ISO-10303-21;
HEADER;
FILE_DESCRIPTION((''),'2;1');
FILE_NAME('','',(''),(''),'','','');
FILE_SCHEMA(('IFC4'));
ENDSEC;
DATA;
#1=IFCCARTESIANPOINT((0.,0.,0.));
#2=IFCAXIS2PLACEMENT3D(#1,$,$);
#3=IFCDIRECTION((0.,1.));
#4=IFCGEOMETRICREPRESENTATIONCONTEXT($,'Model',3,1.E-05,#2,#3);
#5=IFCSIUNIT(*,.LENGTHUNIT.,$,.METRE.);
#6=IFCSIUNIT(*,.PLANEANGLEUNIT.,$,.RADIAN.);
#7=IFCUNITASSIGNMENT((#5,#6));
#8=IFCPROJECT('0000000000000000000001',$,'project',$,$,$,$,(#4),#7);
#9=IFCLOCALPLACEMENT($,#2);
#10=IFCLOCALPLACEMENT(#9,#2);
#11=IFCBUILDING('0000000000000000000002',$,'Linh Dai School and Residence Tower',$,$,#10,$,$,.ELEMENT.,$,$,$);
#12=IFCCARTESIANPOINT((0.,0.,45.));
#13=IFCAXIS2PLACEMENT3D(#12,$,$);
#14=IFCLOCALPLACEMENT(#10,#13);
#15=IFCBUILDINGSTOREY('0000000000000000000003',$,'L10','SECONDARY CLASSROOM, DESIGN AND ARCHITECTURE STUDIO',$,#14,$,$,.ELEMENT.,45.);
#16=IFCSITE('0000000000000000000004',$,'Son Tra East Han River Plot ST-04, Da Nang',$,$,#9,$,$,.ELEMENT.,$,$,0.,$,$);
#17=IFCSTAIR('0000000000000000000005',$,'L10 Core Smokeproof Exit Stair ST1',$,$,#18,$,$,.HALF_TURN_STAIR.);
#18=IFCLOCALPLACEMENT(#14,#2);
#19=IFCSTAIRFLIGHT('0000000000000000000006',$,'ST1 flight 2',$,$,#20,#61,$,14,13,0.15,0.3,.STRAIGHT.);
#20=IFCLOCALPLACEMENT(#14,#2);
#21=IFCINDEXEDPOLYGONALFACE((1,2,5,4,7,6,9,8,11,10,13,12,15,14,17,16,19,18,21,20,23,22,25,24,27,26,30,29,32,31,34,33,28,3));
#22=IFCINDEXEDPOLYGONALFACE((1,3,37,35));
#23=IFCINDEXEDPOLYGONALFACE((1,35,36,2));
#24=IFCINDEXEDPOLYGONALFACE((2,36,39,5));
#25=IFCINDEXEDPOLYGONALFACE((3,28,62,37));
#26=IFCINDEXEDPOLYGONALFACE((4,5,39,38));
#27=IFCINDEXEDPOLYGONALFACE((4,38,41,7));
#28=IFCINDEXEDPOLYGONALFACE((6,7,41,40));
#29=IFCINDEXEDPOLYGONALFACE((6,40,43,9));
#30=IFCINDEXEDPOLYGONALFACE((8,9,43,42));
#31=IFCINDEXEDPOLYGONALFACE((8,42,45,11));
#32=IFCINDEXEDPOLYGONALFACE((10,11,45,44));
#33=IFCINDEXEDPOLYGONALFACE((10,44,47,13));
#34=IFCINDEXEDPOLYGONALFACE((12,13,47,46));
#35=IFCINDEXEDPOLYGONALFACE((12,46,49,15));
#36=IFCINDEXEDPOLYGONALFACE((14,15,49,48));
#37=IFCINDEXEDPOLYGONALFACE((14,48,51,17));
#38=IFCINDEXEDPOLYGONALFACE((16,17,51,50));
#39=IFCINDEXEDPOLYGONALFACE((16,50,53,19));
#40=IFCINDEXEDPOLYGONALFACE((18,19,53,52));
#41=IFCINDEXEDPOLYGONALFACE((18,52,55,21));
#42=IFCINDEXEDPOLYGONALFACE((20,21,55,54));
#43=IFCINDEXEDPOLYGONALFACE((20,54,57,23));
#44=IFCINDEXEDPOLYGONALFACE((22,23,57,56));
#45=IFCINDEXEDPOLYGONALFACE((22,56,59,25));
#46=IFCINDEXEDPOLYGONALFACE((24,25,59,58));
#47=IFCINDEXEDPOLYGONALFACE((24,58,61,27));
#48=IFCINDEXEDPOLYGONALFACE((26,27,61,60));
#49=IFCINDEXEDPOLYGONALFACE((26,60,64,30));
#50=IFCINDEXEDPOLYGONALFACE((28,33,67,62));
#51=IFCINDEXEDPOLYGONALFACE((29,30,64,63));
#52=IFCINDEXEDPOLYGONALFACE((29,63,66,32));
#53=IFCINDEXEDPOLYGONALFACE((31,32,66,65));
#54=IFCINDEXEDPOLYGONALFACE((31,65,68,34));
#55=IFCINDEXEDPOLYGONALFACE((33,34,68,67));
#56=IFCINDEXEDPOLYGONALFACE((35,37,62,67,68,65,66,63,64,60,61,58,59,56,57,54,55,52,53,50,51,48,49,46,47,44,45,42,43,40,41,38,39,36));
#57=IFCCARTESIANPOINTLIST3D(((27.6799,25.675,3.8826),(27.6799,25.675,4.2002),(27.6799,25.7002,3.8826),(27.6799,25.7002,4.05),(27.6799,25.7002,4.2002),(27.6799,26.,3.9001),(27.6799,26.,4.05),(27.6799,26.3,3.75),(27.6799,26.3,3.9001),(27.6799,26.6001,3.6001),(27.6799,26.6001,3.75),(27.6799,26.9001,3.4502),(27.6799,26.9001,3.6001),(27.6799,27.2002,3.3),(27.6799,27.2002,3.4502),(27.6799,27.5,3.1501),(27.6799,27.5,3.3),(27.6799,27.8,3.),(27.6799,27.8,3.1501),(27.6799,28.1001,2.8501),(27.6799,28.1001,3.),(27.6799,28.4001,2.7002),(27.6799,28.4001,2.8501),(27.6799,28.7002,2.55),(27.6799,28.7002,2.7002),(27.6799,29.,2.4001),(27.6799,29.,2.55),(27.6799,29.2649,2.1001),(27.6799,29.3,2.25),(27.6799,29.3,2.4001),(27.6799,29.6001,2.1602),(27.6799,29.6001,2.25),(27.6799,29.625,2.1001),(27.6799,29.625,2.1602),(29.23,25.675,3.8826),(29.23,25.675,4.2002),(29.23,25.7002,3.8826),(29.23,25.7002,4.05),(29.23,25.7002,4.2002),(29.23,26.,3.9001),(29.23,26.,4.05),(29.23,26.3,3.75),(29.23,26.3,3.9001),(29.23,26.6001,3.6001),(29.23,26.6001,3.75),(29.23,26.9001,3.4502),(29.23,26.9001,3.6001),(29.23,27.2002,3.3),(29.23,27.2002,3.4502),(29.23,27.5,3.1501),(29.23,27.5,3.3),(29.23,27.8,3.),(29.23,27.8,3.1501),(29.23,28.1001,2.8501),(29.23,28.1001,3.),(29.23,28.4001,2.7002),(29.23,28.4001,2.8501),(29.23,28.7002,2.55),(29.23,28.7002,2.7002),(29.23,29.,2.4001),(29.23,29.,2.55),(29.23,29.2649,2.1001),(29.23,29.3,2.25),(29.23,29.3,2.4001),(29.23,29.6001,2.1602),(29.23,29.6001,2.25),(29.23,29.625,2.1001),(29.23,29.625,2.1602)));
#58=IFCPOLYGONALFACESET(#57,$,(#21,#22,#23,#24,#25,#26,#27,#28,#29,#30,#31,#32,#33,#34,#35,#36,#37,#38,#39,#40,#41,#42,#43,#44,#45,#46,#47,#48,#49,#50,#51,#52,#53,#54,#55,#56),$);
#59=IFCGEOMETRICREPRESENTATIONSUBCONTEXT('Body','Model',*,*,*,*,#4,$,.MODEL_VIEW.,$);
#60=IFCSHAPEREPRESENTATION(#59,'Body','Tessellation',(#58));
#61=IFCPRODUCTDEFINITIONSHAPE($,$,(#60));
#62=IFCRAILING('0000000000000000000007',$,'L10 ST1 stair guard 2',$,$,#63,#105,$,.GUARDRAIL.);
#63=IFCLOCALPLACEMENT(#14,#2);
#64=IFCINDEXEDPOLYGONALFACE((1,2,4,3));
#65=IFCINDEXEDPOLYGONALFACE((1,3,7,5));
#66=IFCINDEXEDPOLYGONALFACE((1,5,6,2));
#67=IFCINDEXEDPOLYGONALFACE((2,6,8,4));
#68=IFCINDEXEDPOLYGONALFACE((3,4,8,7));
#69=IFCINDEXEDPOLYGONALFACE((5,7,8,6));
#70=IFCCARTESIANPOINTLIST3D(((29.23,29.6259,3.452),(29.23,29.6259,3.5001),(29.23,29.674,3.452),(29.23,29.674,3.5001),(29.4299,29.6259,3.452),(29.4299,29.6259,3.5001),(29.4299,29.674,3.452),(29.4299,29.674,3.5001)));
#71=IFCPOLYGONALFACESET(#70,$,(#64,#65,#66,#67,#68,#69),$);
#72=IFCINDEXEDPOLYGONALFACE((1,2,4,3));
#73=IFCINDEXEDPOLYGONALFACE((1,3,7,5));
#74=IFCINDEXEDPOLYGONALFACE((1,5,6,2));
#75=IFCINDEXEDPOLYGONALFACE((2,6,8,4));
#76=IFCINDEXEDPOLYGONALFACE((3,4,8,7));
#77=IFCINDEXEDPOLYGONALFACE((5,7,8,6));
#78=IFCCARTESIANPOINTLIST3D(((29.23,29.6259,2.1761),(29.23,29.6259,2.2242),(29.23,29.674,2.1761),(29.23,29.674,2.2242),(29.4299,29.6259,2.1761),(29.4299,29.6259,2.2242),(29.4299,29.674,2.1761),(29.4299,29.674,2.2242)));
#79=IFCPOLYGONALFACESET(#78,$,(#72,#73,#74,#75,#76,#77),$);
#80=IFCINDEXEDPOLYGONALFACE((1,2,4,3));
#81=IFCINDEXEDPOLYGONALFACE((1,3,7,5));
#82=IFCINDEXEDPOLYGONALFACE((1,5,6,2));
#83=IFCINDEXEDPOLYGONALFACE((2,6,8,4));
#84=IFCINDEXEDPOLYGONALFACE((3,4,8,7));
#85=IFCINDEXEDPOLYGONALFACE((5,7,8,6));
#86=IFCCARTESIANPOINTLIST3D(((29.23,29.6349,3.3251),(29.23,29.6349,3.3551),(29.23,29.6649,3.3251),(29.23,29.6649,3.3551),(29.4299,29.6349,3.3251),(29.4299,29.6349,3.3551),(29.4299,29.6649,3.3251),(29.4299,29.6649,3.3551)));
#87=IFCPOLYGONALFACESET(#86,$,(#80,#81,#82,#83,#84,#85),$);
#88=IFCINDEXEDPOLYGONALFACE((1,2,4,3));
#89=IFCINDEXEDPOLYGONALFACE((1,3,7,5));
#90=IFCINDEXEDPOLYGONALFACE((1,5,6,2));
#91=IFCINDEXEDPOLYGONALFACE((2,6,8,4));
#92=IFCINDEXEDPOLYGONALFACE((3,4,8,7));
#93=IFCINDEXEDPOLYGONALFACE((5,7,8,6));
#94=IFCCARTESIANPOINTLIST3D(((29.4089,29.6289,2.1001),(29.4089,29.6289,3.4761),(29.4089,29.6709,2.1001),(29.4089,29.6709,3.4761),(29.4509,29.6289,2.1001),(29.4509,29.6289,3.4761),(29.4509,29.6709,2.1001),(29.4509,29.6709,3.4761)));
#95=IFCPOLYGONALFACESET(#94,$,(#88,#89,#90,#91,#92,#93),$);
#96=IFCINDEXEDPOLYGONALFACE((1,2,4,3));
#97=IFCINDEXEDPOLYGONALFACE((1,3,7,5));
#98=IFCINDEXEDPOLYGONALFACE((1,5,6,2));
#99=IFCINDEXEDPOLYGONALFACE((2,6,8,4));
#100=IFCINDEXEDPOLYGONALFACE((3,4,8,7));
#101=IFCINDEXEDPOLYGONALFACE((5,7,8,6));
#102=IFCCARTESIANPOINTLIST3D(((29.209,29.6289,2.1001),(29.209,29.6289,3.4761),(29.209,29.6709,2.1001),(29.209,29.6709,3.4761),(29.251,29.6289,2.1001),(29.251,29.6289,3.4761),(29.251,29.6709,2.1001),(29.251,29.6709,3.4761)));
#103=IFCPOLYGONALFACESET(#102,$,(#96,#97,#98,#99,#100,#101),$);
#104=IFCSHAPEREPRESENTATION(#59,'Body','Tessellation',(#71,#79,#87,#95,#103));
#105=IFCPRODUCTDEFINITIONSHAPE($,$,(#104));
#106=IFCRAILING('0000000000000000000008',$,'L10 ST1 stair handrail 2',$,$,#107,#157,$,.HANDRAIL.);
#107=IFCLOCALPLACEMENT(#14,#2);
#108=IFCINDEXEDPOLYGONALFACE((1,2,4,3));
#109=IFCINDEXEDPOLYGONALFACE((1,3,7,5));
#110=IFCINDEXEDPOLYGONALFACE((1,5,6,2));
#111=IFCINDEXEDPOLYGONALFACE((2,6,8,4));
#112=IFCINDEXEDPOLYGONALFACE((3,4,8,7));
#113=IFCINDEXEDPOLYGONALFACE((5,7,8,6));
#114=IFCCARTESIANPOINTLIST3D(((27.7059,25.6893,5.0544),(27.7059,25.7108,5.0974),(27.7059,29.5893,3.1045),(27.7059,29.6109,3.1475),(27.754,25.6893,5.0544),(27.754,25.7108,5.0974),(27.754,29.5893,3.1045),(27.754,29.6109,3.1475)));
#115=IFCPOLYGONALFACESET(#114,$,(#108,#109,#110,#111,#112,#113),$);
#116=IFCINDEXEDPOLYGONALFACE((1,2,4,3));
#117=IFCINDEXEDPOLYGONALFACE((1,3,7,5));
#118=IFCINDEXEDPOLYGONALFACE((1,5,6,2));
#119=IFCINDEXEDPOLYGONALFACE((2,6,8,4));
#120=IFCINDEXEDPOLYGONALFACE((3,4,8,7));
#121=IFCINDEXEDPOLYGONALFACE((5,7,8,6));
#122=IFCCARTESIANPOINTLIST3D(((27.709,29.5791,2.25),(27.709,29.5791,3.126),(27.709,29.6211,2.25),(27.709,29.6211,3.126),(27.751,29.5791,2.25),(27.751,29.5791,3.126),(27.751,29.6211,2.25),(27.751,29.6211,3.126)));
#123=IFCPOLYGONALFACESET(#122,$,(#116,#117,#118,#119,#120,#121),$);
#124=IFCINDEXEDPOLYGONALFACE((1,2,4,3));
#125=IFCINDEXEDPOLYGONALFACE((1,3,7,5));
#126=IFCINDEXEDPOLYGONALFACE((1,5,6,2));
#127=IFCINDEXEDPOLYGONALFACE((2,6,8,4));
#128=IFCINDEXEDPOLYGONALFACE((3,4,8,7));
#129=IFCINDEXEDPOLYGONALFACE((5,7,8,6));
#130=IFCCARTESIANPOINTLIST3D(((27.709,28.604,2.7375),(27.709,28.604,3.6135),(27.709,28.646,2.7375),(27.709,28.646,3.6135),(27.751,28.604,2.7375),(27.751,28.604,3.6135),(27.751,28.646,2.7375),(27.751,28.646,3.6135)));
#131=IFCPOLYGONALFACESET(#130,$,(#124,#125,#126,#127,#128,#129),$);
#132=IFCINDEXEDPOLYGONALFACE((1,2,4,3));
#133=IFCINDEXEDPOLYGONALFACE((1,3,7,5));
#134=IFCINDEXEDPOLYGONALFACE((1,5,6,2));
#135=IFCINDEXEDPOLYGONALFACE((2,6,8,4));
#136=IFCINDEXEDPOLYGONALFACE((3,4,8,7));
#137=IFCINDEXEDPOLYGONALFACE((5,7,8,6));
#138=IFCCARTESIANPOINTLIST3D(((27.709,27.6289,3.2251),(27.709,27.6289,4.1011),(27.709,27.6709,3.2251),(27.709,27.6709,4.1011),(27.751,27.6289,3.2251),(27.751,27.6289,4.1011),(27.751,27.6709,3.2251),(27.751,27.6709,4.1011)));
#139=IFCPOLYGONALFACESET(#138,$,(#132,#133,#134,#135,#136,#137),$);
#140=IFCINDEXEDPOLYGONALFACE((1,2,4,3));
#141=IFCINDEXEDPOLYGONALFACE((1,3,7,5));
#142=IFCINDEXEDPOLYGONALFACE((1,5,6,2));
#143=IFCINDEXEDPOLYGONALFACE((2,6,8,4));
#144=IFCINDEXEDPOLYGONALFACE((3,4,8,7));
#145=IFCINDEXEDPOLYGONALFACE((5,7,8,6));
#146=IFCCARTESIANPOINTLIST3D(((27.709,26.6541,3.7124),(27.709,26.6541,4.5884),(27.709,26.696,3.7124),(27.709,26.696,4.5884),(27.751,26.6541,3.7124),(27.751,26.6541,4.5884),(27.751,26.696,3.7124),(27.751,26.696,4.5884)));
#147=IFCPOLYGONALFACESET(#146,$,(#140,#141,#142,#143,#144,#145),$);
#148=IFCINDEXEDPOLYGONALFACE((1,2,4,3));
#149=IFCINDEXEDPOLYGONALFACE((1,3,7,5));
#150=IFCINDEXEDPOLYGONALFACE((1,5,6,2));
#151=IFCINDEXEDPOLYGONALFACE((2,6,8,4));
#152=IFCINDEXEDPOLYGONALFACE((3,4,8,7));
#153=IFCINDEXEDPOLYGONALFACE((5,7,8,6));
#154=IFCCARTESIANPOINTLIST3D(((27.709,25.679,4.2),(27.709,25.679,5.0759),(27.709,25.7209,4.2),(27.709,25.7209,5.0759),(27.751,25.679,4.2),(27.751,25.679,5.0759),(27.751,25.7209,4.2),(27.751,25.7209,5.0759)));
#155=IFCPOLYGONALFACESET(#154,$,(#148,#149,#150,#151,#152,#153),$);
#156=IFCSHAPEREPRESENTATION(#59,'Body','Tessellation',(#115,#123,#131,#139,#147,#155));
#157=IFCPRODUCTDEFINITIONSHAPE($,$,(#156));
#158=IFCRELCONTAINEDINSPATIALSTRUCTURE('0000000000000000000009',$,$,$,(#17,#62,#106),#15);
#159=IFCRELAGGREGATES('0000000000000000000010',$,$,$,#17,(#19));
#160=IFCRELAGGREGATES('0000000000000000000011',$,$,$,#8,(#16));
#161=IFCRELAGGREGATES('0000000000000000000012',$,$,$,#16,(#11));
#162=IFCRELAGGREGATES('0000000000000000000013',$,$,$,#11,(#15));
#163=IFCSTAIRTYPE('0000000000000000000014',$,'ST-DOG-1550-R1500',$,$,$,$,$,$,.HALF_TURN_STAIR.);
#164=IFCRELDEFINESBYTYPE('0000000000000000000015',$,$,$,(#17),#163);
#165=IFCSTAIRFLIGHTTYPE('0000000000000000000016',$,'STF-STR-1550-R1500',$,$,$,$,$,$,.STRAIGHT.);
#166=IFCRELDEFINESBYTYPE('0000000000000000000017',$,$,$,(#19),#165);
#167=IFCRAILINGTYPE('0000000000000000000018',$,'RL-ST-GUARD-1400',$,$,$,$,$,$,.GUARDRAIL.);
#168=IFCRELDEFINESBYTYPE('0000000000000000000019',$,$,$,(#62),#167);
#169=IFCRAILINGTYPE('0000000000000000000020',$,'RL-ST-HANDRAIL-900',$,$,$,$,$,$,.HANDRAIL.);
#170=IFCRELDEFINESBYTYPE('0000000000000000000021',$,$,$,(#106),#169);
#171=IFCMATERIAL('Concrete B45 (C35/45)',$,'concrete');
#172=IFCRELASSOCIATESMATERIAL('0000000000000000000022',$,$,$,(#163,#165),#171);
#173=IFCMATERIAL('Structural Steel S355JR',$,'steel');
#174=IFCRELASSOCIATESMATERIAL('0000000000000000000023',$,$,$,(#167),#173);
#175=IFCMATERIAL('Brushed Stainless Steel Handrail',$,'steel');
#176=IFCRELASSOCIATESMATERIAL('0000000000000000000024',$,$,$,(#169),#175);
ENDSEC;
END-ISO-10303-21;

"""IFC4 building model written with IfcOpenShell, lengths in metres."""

from ifc_helpers import new_model, si_unit, direction, frame, origin, origin_2d, place, context, subcontext, project, spatial, polyline, rectangle, outline, extrude, source, transform, mapped, material, type_object, element, aggregate, save


model = new_model("IFC4")

# Units and contexts
model_context = context("Model", 3, precision=1e-05, world=origin(), true_north=direction((0.0, 1.0)))
body_context = subcontext(model_context, "Body", "Model", "MODEL_VIEW")
ifc_project = project(units=[si_unit("LENGTHUNIT", "METRE"), si_unit("PLANEANGLEUNIT", "RADIAN")], contexts=[model_context])

# Site, building, storey
site_placement = place(None, origin())
site = spatial("IfcSite", under=ifc_project, at=site_placement, Name="Son Tra East Han River Plot ST-04, Da Nang", CompositionType="ELEMENT", RefElevation=0.0)
building_placement = place(site_placement, origin())
building = spatial("IfcBuilding", under=site, at=building_placement, Name="Linh Dai School and Residence Tower", CompositionType="ELEMENT")
storey_placement = place(building_placement, frame((0.0, 0.0, 45.0)))
storey = spatial("IfcBuildingStorey", under=building, at=storey_placement, Name="L10", Description="SECONDARY CLASSROOM, DESIGN AND ARCHITECTURE STUDIO", CompositionType="ELEMENT", Elevation=45.0)

# Shared definitions
ifc_material_1 = material(Name="Structural Steel S355JR", Category="steel")

# Shared definitions
ifc_material_2 = material(Name="Concrete B45 (C35/45)", Category="concrete")

# Stair, stair flight
stair_type = type_object("IfcStairType", Name="ST-DOG-1550-R1500", PredefinedType="HALF_TURN_STAIR", material=ifc_material_2)
stair_placement = place(storey_placement, origin())
stair = element("IfcStair", 1, at=stair_placement, inside=storey, type_object=stair_type, Name="L10 Core Smokeproof Exit Stair ST1", PredefinedType="HALF_TURN_STAIR")
stair_flight_type = type_object("IfcStairFlightType", Name="STF-STR-1550-R1500", PredefinedType="STRAIGHT", material=ifc_material_2)
shared_shape_1 = source(origin(), body_context, "Body", "SweptSolid", [
    extrude(outline(polyline([(-0.0249, 0.0), (-0.0249, 0.0601), (0.0, 0.0601), (0.0, 0.1499), (0.3, 0.1499), (0.3, 0.3), (0.6001, 0.3), (0.6001, 0.45), (0.8999, 0.45), (0.8999, 0.6001), (1.2, 0.6001), (1.2, 0.75), (1.5, 0.75), (1.5, 0.8999), (1.8, 0.8999), (1.8, 1.05), (2.1001, 1.05), (2.1001, 1.2), (2.3999, 1.2), (2.3999, 1.3501), (2.7, 1.3501), (2.7, 1.5), (3.0, 1.5), (3.0, 1.6499), (3.3, 1.6499), (3.3, 1.8), (3.6001, 1.8), (3.6001, 1.95), (3.8999, 1.95), (3.8999, 2.1001), (3.925, 2.1001), (3.925, 1.7825), (3.8999, 1.7825), (0.3352, 0.0), (-0.0249, 0.0)])), frame((0.0, 0.7749, 0.0), z_axis=(0.0, -1.0, 0.0), x_axis=(1.0, 0.0, 0.0)), (0.0, 0.0, 1.0), 1.55),
])
stair_flight_placement = place(storey_placement, frame((28.4551, 29.6001, 2.1001), z_axis=(0.0, 0.0, 1.0), x_axis=(0.0, -1.0, 0.0)))
stair_flight = element("IfcStairFlight", 2, at=stair_flight_placement, type_object=stair_flight_type, Name="ST1 flight 2", NumberOfRisers=14, NumberOfTreads=13, PredefinedType="STRAIGHT", RiserHeight=0.15, TreadLength=0.3, context=body_context, shape_type="MappedRepresentation", body=[
    mapped(shared_shape_1, transform((0.0, 0.0, 0.0), x_axis=(1.0, 0.0, 0.0), y_axis=(0.0, 1.0, 0.0), z_axis=(0.0, 0.0, 1.0), scale=1.0)),
])
aggregate(stair, [stair_flight])

# Railings
railing_type_1 = type_object("IfcRailingType", Name="RL-ST-GUARD-1400", PredefinedType="GUARDRAIL", material=ifc_material_1)
shared_shape_2 = source(origin(), body_context, "Body", "SweptSolid", [
    extrude(rectangle(XDim=0.0481, YDim=0.0481, at=origin_2d()), frame((0.0, 0.0, 1.376), z_axis=(-1.0, 0.0, 0.0), x_axis=(0.0, -1.0, 0.0)), (0.0, 0.0, 1.0), 0.2),
    extrude(rectangle(XDim=0.0481, YDim=0.0481, at=origin_2d()), frame((0.0, 0.0, 0.1001), z_axis=(-1.0, 0.0, 0.0), x_axis=(0.0, -1.0, 0.0)), (0.0, 0.0, 1.0), 0.2),
    extrude(rectangle(XDim=0.03, YDim=0.03, at=origin_2d()), frame((0.0, 0.0, 1.24), z_axis=(-1.0, 0.0, 0.0), x_axis=(0.0, -1.0, 0.0)), (0.0, 0.0, 1.0), 0.2),
    extrude(rectangle(XDim=0.042, YDim=0.042, at=origin_2d()), origin(), (0.0, 0.0, 1.0), 1.376),
    extrude(rectangle(XDim=0.042, YDim=0.042, at=origin_2d()), frame((-0.2, 0.0, 0.0)), (0.0, 0.0, 1.0), 1.376),
])
railing_1_placement = place(storey_placement, frame((29.4299, 29.6499, 2.1001)))
element("IfcRailing", 3, at=railing_1_placement, inside=storey, type_object=railing_type_1, Name="L10 ST1 stair guard 2", PredefinedType="GUARDRAIL", context=body_context, shape_type="MappedRepresentation", body=[
    mapped(shared_shape_2, transform((0.0, 0.0, 0.0), x_axis=(1.0, 0.0, 0.0), y_axis=(0.0, 1.0, 0.0), z_axis=(0.0, 0.0, 1.0), scale=1.0)),
])
ifc_material_3 = material(Name="Brushed Stainless Steel Handrail", Category="steel")
railing_type_2 = type_object("IfcRailingType", Name="RL-ST-HANDRAIL-900", PredefinedType="HANDRAIL", material=ifc_material_3)
shared_shape_3 = source(origin(), body_context, "Body", "SweptSolid", [
    extrude(rectangle(XDim=0.0481, YDim=0.0481, at=origin_2d()), frame((0.0, 0.0, 0.876), z_axis=(0.0, -0.894438, 0.447191), x_axis=(1.0, 0.0, 0.0)), (0.0, 0.0, 1.0), 4.3604),
    extrude(rectangle(XDim=0.042, YDim=0.042, at=origin_2d()), origin(), (0.0, 0.0, 1.0), 0.876),
    extrude(rectangle(XDim=0.042, YDim=0.042, at=origin_2d()), frame((0.0, -0.9751, 0.4875)), (0.0, 0.0, 1.0), 0.876),
    extrude(rectangle(XDim=0.042, YDim=0.042, at=origin_2d()), frame((0.0, -1.9502, 0.9751)), (0.0, 0.0, 1.0), 0.876),
    extrude(rectangle(XDim=0.042, YDim=0.042, at=origin_2d()), frame((0.0, -2.925, 1.4624)), (0.0, 0.0, 1.0), 0.876),
    extrude(rectangle(XDim=0.042, YDim=0.042, at=origin_2d()), frame((0.0, -3.9001, 1.95)), (0.0, 0.0, 1.0), 0.876),
])
railing_2_placement = place(storey_placement, frame((27.73, 29.6001, 2.25)))
element("IfcRailing", 4, at=railing_2_placement, inside=storey, type_object=railing_type_2, Name="L10 ST1 stair handrail 2", PredefinedType="HANDRAIL", context=body_context, shape_type="MappedRepresentation", body=[
    mapped(shared_shape_3, transform((0.0, 0.0, 0.0), x_axis=(1.0, 0.0, 0.0), y_axis=(0.0, 1.0, 0.0), z_axis=(0.0, 0.0, 1.0), scale=1.0)),
])

save(model, "model.ifc")
